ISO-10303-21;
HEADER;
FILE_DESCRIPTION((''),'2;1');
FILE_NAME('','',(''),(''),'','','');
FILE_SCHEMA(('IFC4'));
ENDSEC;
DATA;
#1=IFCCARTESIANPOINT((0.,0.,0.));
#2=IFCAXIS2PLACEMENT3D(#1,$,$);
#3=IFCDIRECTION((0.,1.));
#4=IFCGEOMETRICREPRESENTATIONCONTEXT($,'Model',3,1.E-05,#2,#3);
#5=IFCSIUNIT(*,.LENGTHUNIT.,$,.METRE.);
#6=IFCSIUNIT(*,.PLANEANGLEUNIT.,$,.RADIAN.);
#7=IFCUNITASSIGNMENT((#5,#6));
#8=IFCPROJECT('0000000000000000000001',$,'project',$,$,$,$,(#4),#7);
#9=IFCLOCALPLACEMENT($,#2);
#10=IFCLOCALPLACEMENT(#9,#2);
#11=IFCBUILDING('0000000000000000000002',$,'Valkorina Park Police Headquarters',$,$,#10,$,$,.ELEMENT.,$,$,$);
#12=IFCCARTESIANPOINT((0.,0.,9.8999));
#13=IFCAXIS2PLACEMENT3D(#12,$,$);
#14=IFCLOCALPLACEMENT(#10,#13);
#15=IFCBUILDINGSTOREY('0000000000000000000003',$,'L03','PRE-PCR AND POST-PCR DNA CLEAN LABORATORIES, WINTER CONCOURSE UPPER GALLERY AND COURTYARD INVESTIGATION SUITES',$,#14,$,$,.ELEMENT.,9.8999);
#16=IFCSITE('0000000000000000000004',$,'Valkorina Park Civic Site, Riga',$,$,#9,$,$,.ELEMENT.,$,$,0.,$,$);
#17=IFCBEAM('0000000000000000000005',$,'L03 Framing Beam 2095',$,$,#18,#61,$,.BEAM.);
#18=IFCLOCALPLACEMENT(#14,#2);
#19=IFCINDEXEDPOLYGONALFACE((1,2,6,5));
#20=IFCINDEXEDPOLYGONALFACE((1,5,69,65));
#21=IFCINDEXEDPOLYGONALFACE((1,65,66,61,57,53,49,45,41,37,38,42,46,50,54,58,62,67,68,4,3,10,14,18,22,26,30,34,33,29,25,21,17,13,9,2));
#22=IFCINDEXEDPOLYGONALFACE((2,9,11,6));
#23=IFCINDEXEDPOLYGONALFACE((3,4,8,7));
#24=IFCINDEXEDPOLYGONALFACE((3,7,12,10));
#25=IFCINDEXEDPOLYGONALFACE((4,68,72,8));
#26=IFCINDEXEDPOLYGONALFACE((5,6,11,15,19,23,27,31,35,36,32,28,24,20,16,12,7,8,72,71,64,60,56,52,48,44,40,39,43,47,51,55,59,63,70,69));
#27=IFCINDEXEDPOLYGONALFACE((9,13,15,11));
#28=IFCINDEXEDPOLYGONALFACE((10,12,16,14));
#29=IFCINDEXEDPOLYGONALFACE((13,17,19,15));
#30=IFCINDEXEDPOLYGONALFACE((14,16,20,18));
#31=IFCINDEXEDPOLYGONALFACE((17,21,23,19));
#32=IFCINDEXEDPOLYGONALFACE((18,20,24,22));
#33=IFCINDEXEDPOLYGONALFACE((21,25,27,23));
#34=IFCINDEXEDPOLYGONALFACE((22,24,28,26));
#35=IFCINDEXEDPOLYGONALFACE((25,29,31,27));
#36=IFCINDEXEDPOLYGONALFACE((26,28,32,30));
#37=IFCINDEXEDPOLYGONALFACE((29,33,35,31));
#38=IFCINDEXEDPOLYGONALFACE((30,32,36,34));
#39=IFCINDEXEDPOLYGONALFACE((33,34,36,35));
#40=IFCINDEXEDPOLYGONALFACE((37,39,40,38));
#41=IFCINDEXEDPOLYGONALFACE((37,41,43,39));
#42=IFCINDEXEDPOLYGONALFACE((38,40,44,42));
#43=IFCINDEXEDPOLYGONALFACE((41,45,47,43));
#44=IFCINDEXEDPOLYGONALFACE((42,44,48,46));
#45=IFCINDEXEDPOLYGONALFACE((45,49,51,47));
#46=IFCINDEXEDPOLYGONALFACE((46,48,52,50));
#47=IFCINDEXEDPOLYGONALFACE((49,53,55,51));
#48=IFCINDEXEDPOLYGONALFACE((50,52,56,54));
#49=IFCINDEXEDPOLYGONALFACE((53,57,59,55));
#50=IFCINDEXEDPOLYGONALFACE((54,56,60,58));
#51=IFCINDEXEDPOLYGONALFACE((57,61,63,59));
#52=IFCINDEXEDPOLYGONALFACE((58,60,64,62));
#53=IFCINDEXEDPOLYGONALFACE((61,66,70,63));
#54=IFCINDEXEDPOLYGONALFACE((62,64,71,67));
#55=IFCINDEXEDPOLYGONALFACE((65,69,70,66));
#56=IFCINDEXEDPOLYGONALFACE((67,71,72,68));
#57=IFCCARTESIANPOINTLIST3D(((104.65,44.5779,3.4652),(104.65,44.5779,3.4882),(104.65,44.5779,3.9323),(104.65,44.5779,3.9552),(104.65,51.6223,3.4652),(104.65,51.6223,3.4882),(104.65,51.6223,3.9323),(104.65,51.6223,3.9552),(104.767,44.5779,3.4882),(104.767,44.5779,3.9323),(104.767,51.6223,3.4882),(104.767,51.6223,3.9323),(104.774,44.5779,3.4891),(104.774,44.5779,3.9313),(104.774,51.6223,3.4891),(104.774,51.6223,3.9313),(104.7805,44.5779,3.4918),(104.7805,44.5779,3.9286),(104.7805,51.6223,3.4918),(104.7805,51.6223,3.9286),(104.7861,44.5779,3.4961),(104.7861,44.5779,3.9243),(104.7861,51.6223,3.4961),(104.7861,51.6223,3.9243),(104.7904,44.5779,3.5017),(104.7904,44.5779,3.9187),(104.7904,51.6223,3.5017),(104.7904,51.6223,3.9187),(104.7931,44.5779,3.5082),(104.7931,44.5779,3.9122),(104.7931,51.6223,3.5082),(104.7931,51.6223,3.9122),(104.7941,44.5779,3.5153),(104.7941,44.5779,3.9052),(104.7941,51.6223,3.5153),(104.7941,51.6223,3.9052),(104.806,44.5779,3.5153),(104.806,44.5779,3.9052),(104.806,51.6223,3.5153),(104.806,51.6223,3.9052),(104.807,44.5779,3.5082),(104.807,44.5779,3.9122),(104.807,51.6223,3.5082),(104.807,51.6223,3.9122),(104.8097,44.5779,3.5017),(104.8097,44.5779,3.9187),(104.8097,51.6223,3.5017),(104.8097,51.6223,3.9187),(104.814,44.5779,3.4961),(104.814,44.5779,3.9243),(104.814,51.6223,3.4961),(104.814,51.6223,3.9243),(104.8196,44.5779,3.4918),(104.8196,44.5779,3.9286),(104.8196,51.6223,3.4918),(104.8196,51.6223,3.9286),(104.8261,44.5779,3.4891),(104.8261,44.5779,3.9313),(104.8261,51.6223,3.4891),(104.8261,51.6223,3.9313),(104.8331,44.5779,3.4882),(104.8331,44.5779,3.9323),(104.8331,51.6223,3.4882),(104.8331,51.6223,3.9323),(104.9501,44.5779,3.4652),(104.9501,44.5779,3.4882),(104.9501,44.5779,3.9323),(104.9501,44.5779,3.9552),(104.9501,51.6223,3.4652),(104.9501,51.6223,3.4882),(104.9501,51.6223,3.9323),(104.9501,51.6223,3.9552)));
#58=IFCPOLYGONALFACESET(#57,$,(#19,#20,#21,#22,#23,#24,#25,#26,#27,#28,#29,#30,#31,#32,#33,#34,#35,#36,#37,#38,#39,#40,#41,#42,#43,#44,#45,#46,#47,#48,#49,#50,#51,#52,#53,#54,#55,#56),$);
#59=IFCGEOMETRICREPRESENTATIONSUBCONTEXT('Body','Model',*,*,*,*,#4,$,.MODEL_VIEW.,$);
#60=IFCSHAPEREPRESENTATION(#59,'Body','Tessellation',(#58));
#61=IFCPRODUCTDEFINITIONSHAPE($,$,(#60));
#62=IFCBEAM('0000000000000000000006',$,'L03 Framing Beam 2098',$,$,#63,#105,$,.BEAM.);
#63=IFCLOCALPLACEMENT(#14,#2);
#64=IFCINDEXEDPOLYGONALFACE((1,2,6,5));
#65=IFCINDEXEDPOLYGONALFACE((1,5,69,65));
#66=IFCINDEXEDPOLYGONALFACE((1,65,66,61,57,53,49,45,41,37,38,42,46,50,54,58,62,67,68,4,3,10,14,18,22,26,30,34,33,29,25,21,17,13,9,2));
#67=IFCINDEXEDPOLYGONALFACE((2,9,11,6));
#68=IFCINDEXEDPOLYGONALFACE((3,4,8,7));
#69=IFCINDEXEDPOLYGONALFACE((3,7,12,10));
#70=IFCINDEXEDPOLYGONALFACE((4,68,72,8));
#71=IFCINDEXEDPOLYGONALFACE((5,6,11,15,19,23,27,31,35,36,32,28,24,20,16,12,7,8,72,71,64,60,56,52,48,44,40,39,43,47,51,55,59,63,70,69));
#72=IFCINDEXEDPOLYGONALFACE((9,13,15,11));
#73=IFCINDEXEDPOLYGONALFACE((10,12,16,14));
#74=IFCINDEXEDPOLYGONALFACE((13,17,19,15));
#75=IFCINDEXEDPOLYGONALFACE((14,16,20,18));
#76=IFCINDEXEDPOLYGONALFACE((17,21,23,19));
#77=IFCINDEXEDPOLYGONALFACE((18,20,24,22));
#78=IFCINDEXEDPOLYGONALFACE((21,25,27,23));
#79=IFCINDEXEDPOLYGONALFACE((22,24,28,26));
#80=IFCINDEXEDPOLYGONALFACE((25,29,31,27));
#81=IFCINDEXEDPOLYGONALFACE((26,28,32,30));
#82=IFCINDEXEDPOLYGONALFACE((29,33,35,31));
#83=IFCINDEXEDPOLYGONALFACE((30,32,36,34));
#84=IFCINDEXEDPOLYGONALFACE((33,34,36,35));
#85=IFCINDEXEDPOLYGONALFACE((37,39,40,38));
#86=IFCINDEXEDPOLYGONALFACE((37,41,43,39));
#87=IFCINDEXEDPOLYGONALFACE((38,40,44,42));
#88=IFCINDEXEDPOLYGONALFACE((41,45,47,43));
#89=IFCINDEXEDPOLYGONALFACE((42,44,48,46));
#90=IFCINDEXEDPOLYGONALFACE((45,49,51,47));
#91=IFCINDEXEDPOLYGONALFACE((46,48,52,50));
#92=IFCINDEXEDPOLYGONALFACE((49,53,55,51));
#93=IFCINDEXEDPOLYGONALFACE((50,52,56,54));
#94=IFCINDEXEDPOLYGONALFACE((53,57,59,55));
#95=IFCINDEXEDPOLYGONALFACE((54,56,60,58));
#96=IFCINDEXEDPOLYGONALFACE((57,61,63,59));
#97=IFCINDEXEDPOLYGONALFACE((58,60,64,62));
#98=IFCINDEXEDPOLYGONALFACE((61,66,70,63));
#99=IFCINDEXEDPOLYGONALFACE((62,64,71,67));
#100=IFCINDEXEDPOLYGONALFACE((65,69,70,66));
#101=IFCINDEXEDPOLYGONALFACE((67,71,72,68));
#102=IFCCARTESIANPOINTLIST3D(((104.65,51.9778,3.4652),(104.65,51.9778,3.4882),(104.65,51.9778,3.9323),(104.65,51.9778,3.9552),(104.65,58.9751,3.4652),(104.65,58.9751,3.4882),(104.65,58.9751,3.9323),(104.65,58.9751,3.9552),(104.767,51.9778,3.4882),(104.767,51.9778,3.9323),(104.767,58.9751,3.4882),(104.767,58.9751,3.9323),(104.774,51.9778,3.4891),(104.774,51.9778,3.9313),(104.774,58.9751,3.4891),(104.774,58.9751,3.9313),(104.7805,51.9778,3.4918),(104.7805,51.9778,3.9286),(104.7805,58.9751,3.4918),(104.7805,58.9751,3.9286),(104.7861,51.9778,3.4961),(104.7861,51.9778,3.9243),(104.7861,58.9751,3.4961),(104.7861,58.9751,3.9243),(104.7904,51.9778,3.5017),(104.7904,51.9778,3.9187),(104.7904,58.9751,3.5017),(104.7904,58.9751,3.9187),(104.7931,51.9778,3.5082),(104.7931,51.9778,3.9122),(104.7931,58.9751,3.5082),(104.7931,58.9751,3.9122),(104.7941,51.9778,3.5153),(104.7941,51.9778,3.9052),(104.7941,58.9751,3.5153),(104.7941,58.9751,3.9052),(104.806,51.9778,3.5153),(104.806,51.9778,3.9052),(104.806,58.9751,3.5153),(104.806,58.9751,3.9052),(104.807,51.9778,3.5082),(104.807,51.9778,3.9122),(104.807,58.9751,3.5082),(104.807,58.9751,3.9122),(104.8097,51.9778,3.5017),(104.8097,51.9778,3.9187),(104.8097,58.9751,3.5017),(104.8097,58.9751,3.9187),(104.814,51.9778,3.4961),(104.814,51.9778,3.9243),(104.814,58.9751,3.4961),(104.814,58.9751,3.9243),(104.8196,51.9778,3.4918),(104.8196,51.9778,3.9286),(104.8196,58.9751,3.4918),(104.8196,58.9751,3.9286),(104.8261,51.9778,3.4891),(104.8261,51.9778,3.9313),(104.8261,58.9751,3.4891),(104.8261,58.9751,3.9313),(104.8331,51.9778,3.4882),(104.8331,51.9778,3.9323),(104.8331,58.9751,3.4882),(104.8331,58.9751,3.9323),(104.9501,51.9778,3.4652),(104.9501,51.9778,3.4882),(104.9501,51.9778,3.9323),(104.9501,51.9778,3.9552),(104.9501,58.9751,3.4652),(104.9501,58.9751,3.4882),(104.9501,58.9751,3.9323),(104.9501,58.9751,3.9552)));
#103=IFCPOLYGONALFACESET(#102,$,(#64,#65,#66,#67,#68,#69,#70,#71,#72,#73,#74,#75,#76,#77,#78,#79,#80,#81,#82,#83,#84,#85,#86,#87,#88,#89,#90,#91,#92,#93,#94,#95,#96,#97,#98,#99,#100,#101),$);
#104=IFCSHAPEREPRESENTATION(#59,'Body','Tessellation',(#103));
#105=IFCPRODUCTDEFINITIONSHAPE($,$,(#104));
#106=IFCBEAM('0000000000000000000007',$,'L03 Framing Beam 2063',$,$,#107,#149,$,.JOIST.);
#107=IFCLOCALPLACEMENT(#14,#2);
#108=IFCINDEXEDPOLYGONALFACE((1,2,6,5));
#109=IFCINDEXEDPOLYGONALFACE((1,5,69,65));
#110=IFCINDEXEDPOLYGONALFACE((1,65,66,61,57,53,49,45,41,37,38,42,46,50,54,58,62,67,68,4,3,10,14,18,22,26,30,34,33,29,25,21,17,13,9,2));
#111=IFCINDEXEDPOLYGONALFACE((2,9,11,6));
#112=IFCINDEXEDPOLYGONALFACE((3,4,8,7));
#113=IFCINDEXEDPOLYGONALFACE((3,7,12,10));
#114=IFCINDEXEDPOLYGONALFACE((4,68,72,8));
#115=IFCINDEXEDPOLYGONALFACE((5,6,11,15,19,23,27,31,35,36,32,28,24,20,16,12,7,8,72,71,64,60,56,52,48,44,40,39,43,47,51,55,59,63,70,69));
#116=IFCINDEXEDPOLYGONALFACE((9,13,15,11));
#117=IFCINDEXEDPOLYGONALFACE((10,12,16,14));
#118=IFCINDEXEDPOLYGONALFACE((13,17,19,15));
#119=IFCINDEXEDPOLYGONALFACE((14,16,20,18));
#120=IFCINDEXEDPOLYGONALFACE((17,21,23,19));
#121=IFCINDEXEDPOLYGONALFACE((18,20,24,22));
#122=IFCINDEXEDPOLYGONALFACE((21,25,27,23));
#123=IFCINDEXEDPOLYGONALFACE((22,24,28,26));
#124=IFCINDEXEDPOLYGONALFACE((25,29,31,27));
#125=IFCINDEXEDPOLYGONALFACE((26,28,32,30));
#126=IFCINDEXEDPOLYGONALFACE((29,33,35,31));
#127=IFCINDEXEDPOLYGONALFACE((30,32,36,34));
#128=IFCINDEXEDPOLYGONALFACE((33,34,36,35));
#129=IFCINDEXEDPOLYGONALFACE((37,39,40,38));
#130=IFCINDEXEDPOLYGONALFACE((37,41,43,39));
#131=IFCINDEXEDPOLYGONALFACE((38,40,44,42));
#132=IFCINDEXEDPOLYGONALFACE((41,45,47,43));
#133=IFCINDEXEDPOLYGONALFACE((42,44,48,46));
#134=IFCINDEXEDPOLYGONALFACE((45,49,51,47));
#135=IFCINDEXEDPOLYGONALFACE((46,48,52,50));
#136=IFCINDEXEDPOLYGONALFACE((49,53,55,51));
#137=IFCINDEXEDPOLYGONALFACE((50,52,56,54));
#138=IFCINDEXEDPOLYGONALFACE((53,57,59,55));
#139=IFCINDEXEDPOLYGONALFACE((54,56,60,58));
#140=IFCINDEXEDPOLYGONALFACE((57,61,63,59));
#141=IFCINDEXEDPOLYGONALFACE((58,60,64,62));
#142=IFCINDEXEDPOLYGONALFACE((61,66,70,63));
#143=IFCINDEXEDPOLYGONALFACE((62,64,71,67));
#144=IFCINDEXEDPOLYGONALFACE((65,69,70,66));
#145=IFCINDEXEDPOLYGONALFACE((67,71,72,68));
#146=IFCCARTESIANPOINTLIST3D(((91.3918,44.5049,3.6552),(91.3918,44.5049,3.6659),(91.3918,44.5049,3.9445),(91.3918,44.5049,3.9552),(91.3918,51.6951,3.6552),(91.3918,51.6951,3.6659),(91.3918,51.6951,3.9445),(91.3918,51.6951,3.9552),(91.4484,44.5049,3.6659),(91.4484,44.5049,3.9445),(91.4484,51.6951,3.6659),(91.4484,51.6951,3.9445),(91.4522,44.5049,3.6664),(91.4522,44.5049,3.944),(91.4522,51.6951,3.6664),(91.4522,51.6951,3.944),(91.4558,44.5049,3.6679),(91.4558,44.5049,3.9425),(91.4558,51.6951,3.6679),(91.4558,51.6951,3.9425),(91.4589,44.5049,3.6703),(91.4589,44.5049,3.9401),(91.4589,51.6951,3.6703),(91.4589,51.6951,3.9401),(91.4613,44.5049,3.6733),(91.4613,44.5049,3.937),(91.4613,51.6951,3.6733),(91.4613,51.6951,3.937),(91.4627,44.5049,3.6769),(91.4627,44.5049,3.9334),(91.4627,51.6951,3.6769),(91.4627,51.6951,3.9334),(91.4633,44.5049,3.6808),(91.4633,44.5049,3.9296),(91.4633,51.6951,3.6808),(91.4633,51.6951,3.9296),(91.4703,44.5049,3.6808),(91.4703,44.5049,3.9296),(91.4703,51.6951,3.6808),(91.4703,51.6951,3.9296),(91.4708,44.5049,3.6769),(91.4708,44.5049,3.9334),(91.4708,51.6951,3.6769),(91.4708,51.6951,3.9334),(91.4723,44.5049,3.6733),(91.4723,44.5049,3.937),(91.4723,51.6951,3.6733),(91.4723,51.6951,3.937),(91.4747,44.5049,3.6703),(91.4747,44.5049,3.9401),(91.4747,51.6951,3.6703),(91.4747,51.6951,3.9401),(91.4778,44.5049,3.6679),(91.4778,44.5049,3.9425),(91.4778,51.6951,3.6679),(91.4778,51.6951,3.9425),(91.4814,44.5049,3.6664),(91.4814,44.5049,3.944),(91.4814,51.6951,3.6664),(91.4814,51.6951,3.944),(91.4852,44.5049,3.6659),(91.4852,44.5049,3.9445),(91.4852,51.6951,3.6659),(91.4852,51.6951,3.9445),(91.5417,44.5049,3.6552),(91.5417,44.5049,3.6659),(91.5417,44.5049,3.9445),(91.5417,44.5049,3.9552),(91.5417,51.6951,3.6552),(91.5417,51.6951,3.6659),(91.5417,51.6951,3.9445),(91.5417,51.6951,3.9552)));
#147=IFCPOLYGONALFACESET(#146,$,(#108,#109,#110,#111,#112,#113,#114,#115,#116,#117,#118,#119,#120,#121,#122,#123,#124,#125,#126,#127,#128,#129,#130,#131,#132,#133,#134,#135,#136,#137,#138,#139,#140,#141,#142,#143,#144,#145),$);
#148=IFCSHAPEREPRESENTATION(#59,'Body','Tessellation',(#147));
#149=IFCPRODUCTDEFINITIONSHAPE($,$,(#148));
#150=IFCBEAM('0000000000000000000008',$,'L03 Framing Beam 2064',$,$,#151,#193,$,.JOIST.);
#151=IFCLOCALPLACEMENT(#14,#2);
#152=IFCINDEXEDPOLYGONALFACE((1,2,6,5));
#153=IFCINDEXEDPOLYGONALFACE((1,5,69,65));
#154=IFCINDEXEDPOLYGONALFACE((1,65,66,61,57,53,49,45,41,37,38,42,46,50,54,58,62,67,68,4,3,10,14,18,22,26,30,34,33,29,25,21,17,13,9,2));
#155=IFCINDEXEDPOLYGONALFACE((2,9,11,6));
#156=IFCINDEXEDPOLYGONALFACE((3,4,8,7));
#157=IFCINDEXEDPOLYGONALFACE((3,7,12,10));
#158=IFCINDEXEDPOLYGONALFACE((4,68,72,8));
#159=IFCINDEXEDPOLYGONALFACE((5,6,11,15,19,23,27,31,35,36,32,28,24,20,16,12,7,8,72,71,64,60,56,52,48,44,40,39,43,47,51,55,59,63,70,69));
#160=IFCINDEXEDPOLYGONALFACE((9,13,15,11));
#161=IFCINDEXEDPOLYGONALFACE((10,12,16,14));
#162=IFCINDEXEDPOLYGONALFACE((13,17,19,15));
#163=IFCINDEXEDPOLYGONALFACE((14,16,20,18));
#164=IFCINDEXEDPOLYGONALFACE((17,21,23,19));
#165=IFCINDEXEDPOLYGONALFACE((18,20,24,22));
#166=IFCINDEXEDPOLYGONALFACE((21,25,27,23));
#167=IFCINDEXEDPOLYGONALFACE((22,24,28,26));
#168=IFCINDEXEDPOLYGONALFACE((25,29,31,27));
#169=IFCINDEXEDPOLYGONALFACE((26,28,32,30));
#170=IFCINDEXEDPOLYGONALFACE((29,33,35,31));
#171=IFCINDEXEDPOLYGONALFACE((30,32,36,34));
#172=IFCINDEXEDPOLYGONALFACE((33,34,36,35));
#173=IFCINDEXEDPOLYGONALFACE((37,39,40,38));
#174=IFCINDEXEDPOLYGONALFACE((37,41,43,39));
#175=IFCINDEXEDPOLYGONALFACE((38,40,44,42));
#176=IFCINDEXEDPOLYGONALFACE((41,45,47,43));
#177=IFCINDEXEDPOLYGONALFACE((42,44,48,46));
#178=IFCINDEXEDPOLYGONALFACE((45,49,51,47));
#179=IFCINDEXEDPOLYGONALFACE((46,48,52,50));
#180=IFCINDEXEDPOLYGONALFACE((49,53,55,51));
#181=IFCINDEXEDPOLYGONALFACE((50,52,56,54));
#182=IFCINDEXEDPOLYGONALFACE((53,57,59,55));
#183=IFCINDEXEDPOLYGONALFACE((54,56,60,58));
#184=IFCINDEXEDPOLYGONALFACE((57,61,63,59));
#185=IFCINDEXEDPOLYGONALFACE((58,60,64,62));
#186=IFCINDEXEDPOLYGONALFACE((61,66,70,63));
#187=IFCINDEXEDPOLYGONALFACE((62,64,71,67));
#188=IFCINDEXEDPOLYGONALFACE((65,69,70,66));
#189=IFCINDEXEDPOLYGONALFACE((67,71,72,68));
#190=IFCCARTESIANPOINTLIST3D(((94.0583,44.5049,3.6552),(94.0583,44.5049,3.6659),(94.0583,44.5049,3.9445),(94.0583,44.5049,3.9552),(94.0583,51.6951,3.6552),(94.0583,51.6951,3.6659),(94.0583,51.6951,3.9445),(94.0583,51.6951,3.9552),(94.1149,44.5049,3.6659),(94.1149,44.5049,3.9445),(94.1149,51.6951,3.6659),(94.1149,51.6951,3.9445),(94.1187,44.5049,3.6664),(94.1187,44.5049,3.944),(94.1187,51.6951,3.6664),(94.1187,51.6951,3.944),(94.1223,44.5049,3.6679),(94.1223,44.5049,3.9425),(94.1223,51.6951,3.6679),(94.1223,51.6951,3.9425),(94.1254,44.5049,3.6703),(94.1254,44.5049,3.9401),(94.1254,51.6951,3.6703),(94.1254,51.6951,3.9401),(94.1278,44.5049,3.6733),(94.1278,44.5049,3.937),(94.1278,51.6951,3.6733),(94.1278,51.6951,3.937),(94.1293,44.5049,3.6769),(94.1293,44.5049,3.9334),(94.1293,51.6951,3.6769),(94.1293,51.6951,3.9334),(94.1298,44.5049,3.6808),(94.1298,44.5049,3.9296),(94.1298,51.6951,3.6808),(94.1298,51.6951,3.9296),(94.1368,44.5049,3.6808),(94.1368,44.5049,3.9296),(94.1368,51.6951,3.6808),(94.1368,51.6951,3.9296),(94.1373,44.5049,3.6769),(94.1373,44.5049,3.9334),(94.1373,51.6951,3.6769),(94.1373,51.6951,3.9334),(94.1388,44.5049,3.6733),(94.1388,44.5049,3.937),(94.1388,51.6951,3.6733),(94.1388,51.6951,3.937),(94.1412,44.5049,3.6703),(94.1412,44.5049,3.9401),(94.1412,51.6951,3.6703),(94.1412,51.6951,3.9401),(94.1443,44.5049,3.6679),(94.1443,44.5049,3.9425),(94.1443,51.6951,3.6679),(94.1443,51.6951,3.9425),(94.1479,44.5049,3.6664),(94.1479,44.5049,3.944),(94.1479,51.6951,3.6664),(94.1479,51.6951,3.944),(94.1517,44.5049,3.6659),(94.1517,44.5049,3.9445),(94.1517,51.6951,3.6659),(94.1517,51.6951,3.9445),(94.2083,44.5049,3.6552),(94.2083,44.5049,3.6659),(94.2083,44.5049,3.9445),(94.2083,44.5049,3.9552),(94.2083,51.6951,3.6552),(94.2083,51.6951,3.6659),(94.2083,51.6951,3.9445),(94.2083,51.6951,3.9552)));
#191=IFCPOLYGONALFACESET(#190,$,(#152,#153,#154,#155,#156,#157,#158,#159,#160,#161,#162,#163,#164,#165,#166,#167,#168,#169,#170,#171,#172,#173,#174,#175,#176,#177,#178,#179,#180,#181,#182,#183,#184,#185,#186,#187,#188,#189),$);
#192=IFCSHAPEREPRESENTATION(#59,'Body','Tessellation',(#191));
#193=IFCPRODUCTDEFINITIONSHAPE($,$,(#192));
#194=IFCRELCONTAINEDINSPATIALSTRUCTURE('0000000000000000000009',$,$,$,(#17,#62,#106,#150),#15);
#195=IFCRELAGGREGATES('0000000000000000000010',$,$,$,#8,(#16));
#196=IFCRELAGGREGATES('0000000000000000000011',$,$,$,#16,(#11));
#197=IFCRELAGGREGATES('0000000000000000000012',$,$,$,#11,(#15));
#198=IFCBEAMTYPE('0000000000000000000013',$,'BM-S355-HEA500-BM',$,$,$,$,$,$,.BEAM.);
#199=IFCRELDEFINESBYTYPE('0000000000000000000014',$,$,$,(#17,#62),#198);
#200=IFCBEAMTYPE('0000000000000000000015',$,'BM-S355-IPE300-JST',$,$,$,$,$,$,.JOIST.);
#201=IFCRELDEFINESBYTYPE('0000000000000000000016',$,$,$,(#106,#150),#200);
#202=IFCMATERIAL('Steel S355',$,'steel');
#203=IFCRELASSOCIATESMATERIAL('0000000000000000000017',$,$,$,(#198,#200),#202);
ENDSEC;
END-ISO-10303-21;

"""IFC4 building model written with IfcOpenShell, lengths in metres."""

from ifc_helpers import new_model, si_unit, direction, frame, origin, origin_2d, place, context, subcontext, project, spatial, i_section, extrude, material, material_profile, profile_set, type_object, element, save


model = new_model("IFC4")

# Units and contexts
model_context = context("Model", 3, precision=1e-05, world=origin(), true_north=direction((0.0, 1.0)))
body_context = subcontext(model_context, "Body", "Model", "MODEL_VIEW")
ifc_project = project(units=[si_unit("LENGTHUNIT", "METRE"), si_unit("PLANEANGLEUNIT", "RADIAN")], contexts=[model_context])

# Site, building, storey
site_placement = place(None, origin())
site = spatial("IfcSite", under=ifc_project, at=site_placement, Name="Valkorina Park Civic Site, Riga", CompositionType="ELEMENT", RefElevation=0.0)
building_placement = place(site_placement, origin())
building = spatial("IfcBuilding", under=site, at=building_placement, Name="Valkorina Park Police Headquarters", CompositionType="ELEMENT")
storey_placement = place(building_placement, frame((0.0, 0.0, 9.8999)))
storey = spatial("IfcBuildingStorey", under=building, at=storey_placement, Name="L03", Description="PRE-PCR AND POST-PCR DNA CLEAN LABORATORIES, WINTER CONCOURSE UPPER GALLERY AND COURTYARD INVESTIGATION SUITES", CompositionType="ELEMENT", Elevation=9.8999)

# Shared definitions
ifc_material_1 = material(Name="Steel S355", Category="steel")

# Beams
ifc_material_profile_1 = material_profile(ifc_material_1, i_section(OverallWidth=0.3, OverallDepth=0.49, WebThickness=0.012, FlangeThickness=0.0229, FilletRadius=0.0271, at=origin_2d()), Name="HEA 500")
ifc_profile_set_1 = profile_set([ifc_material_profile_1], Name="Steel S355")
beam_type_1 = type_object("IfcBeamType", Name="BM-S355-HEA500-BM", PredefinedType="BEAM", material=ifc_profile_set_1)
beam_1_placement = place(storey_placement, frame((104.8, 44.5779, 3.7102), z_axis=(0.0, 1.0, 0.0), x_axis=(-1.0, 0.0, 0.0)))
element("IfcBeam", 1, at=beam_1_placement, inside=storey, type_object=beam_type_1, Name="L03 Framing Beam 2095", PredefinedType="BEAM", context=body_context, shape_type="SweptSolid", body=[
    extrude(i_section(OverallWidth=0.3, OverallDepth=0.49, WebThickness=0.012, FlangeThickness=0.0229, FilletRadius=0.0271, at=origin_2d()), origin(), (0.0, 0.0, 1.0), 7.0444),
])
beam_2_placement = place(storey_placement, frame((104.8, 51.9778, 3.7102), z_axis=(0.0, 1.0, 0.0), x_axis=(-1.0, 0.0, 0.0)))
element("IfcBeam", 2, at=beam_2_placement, inside=storey, type_object=beam_type_1, Name="L03 Framing Beam 2098", PredefinedType="BEAM", context=body_context, shape_type="SweptSolid", body=[
    extrude(i_section(OverallWidth=0.3, OverallDepth=0.49, WebThickness=0.012, FlangeThickness=0.0229, FilletRadius=0.0271, at=origin_2d()), origin(), (0.0, 0.0, 1.0), 6.9973),
])
ifc_material_profile_2 = material_profile(ifc_material_1, i_section(OverallWidth=0.1499, OverallDepth=0.3, WebThickness=0.0071, FlangeThickness=0.0107, FilletRadius=0.0149, at=origin_2d()), Name="IPE 300")
ifc_profile_set_2 = profile_set([ifc_material_profile_2], Name="Steel S355")
beam_type_2 = type_object("IfcBeamType", Name="BM-S355-IPE300-JST", PredefinedType="JOIST", material=ifc_profile_set_2)
for number, where, z_axis, x_axis, name in (
    (3, (91.4668, 44.5049, 3.8052), (0.0, 1.0, 0.0), (-1.0, 0.0, 0.0), "L03 Framing Beam 2063"),
    (4, (94.1333, 44.5049, 3.8052), (0.0, 1.0, 0.0), (-1.0, 0.0, 0.0), "L03 Framing Beam 2064"),
):
    element("IfcBeam", number, at=place(storey_placement, frame(where, z_axis=z_axis, x_axis=x_axis)), inside=storey, type_object=beam_type_2, Name=name, PredefinedType="JOIST", context=body_context, shape_type="SweptSolid", body=[
        extrude(i_section(OverallWidth=0.1499, OverallDepth=0.3, WebThickness=0.0071, FlangeThickness=0.0107, FilletRadius=0.0149, at=origin_2d()), origin(), (0.0, 0.0, 1.0), 7.1902),
    ])

save(model, "model.ifc")
